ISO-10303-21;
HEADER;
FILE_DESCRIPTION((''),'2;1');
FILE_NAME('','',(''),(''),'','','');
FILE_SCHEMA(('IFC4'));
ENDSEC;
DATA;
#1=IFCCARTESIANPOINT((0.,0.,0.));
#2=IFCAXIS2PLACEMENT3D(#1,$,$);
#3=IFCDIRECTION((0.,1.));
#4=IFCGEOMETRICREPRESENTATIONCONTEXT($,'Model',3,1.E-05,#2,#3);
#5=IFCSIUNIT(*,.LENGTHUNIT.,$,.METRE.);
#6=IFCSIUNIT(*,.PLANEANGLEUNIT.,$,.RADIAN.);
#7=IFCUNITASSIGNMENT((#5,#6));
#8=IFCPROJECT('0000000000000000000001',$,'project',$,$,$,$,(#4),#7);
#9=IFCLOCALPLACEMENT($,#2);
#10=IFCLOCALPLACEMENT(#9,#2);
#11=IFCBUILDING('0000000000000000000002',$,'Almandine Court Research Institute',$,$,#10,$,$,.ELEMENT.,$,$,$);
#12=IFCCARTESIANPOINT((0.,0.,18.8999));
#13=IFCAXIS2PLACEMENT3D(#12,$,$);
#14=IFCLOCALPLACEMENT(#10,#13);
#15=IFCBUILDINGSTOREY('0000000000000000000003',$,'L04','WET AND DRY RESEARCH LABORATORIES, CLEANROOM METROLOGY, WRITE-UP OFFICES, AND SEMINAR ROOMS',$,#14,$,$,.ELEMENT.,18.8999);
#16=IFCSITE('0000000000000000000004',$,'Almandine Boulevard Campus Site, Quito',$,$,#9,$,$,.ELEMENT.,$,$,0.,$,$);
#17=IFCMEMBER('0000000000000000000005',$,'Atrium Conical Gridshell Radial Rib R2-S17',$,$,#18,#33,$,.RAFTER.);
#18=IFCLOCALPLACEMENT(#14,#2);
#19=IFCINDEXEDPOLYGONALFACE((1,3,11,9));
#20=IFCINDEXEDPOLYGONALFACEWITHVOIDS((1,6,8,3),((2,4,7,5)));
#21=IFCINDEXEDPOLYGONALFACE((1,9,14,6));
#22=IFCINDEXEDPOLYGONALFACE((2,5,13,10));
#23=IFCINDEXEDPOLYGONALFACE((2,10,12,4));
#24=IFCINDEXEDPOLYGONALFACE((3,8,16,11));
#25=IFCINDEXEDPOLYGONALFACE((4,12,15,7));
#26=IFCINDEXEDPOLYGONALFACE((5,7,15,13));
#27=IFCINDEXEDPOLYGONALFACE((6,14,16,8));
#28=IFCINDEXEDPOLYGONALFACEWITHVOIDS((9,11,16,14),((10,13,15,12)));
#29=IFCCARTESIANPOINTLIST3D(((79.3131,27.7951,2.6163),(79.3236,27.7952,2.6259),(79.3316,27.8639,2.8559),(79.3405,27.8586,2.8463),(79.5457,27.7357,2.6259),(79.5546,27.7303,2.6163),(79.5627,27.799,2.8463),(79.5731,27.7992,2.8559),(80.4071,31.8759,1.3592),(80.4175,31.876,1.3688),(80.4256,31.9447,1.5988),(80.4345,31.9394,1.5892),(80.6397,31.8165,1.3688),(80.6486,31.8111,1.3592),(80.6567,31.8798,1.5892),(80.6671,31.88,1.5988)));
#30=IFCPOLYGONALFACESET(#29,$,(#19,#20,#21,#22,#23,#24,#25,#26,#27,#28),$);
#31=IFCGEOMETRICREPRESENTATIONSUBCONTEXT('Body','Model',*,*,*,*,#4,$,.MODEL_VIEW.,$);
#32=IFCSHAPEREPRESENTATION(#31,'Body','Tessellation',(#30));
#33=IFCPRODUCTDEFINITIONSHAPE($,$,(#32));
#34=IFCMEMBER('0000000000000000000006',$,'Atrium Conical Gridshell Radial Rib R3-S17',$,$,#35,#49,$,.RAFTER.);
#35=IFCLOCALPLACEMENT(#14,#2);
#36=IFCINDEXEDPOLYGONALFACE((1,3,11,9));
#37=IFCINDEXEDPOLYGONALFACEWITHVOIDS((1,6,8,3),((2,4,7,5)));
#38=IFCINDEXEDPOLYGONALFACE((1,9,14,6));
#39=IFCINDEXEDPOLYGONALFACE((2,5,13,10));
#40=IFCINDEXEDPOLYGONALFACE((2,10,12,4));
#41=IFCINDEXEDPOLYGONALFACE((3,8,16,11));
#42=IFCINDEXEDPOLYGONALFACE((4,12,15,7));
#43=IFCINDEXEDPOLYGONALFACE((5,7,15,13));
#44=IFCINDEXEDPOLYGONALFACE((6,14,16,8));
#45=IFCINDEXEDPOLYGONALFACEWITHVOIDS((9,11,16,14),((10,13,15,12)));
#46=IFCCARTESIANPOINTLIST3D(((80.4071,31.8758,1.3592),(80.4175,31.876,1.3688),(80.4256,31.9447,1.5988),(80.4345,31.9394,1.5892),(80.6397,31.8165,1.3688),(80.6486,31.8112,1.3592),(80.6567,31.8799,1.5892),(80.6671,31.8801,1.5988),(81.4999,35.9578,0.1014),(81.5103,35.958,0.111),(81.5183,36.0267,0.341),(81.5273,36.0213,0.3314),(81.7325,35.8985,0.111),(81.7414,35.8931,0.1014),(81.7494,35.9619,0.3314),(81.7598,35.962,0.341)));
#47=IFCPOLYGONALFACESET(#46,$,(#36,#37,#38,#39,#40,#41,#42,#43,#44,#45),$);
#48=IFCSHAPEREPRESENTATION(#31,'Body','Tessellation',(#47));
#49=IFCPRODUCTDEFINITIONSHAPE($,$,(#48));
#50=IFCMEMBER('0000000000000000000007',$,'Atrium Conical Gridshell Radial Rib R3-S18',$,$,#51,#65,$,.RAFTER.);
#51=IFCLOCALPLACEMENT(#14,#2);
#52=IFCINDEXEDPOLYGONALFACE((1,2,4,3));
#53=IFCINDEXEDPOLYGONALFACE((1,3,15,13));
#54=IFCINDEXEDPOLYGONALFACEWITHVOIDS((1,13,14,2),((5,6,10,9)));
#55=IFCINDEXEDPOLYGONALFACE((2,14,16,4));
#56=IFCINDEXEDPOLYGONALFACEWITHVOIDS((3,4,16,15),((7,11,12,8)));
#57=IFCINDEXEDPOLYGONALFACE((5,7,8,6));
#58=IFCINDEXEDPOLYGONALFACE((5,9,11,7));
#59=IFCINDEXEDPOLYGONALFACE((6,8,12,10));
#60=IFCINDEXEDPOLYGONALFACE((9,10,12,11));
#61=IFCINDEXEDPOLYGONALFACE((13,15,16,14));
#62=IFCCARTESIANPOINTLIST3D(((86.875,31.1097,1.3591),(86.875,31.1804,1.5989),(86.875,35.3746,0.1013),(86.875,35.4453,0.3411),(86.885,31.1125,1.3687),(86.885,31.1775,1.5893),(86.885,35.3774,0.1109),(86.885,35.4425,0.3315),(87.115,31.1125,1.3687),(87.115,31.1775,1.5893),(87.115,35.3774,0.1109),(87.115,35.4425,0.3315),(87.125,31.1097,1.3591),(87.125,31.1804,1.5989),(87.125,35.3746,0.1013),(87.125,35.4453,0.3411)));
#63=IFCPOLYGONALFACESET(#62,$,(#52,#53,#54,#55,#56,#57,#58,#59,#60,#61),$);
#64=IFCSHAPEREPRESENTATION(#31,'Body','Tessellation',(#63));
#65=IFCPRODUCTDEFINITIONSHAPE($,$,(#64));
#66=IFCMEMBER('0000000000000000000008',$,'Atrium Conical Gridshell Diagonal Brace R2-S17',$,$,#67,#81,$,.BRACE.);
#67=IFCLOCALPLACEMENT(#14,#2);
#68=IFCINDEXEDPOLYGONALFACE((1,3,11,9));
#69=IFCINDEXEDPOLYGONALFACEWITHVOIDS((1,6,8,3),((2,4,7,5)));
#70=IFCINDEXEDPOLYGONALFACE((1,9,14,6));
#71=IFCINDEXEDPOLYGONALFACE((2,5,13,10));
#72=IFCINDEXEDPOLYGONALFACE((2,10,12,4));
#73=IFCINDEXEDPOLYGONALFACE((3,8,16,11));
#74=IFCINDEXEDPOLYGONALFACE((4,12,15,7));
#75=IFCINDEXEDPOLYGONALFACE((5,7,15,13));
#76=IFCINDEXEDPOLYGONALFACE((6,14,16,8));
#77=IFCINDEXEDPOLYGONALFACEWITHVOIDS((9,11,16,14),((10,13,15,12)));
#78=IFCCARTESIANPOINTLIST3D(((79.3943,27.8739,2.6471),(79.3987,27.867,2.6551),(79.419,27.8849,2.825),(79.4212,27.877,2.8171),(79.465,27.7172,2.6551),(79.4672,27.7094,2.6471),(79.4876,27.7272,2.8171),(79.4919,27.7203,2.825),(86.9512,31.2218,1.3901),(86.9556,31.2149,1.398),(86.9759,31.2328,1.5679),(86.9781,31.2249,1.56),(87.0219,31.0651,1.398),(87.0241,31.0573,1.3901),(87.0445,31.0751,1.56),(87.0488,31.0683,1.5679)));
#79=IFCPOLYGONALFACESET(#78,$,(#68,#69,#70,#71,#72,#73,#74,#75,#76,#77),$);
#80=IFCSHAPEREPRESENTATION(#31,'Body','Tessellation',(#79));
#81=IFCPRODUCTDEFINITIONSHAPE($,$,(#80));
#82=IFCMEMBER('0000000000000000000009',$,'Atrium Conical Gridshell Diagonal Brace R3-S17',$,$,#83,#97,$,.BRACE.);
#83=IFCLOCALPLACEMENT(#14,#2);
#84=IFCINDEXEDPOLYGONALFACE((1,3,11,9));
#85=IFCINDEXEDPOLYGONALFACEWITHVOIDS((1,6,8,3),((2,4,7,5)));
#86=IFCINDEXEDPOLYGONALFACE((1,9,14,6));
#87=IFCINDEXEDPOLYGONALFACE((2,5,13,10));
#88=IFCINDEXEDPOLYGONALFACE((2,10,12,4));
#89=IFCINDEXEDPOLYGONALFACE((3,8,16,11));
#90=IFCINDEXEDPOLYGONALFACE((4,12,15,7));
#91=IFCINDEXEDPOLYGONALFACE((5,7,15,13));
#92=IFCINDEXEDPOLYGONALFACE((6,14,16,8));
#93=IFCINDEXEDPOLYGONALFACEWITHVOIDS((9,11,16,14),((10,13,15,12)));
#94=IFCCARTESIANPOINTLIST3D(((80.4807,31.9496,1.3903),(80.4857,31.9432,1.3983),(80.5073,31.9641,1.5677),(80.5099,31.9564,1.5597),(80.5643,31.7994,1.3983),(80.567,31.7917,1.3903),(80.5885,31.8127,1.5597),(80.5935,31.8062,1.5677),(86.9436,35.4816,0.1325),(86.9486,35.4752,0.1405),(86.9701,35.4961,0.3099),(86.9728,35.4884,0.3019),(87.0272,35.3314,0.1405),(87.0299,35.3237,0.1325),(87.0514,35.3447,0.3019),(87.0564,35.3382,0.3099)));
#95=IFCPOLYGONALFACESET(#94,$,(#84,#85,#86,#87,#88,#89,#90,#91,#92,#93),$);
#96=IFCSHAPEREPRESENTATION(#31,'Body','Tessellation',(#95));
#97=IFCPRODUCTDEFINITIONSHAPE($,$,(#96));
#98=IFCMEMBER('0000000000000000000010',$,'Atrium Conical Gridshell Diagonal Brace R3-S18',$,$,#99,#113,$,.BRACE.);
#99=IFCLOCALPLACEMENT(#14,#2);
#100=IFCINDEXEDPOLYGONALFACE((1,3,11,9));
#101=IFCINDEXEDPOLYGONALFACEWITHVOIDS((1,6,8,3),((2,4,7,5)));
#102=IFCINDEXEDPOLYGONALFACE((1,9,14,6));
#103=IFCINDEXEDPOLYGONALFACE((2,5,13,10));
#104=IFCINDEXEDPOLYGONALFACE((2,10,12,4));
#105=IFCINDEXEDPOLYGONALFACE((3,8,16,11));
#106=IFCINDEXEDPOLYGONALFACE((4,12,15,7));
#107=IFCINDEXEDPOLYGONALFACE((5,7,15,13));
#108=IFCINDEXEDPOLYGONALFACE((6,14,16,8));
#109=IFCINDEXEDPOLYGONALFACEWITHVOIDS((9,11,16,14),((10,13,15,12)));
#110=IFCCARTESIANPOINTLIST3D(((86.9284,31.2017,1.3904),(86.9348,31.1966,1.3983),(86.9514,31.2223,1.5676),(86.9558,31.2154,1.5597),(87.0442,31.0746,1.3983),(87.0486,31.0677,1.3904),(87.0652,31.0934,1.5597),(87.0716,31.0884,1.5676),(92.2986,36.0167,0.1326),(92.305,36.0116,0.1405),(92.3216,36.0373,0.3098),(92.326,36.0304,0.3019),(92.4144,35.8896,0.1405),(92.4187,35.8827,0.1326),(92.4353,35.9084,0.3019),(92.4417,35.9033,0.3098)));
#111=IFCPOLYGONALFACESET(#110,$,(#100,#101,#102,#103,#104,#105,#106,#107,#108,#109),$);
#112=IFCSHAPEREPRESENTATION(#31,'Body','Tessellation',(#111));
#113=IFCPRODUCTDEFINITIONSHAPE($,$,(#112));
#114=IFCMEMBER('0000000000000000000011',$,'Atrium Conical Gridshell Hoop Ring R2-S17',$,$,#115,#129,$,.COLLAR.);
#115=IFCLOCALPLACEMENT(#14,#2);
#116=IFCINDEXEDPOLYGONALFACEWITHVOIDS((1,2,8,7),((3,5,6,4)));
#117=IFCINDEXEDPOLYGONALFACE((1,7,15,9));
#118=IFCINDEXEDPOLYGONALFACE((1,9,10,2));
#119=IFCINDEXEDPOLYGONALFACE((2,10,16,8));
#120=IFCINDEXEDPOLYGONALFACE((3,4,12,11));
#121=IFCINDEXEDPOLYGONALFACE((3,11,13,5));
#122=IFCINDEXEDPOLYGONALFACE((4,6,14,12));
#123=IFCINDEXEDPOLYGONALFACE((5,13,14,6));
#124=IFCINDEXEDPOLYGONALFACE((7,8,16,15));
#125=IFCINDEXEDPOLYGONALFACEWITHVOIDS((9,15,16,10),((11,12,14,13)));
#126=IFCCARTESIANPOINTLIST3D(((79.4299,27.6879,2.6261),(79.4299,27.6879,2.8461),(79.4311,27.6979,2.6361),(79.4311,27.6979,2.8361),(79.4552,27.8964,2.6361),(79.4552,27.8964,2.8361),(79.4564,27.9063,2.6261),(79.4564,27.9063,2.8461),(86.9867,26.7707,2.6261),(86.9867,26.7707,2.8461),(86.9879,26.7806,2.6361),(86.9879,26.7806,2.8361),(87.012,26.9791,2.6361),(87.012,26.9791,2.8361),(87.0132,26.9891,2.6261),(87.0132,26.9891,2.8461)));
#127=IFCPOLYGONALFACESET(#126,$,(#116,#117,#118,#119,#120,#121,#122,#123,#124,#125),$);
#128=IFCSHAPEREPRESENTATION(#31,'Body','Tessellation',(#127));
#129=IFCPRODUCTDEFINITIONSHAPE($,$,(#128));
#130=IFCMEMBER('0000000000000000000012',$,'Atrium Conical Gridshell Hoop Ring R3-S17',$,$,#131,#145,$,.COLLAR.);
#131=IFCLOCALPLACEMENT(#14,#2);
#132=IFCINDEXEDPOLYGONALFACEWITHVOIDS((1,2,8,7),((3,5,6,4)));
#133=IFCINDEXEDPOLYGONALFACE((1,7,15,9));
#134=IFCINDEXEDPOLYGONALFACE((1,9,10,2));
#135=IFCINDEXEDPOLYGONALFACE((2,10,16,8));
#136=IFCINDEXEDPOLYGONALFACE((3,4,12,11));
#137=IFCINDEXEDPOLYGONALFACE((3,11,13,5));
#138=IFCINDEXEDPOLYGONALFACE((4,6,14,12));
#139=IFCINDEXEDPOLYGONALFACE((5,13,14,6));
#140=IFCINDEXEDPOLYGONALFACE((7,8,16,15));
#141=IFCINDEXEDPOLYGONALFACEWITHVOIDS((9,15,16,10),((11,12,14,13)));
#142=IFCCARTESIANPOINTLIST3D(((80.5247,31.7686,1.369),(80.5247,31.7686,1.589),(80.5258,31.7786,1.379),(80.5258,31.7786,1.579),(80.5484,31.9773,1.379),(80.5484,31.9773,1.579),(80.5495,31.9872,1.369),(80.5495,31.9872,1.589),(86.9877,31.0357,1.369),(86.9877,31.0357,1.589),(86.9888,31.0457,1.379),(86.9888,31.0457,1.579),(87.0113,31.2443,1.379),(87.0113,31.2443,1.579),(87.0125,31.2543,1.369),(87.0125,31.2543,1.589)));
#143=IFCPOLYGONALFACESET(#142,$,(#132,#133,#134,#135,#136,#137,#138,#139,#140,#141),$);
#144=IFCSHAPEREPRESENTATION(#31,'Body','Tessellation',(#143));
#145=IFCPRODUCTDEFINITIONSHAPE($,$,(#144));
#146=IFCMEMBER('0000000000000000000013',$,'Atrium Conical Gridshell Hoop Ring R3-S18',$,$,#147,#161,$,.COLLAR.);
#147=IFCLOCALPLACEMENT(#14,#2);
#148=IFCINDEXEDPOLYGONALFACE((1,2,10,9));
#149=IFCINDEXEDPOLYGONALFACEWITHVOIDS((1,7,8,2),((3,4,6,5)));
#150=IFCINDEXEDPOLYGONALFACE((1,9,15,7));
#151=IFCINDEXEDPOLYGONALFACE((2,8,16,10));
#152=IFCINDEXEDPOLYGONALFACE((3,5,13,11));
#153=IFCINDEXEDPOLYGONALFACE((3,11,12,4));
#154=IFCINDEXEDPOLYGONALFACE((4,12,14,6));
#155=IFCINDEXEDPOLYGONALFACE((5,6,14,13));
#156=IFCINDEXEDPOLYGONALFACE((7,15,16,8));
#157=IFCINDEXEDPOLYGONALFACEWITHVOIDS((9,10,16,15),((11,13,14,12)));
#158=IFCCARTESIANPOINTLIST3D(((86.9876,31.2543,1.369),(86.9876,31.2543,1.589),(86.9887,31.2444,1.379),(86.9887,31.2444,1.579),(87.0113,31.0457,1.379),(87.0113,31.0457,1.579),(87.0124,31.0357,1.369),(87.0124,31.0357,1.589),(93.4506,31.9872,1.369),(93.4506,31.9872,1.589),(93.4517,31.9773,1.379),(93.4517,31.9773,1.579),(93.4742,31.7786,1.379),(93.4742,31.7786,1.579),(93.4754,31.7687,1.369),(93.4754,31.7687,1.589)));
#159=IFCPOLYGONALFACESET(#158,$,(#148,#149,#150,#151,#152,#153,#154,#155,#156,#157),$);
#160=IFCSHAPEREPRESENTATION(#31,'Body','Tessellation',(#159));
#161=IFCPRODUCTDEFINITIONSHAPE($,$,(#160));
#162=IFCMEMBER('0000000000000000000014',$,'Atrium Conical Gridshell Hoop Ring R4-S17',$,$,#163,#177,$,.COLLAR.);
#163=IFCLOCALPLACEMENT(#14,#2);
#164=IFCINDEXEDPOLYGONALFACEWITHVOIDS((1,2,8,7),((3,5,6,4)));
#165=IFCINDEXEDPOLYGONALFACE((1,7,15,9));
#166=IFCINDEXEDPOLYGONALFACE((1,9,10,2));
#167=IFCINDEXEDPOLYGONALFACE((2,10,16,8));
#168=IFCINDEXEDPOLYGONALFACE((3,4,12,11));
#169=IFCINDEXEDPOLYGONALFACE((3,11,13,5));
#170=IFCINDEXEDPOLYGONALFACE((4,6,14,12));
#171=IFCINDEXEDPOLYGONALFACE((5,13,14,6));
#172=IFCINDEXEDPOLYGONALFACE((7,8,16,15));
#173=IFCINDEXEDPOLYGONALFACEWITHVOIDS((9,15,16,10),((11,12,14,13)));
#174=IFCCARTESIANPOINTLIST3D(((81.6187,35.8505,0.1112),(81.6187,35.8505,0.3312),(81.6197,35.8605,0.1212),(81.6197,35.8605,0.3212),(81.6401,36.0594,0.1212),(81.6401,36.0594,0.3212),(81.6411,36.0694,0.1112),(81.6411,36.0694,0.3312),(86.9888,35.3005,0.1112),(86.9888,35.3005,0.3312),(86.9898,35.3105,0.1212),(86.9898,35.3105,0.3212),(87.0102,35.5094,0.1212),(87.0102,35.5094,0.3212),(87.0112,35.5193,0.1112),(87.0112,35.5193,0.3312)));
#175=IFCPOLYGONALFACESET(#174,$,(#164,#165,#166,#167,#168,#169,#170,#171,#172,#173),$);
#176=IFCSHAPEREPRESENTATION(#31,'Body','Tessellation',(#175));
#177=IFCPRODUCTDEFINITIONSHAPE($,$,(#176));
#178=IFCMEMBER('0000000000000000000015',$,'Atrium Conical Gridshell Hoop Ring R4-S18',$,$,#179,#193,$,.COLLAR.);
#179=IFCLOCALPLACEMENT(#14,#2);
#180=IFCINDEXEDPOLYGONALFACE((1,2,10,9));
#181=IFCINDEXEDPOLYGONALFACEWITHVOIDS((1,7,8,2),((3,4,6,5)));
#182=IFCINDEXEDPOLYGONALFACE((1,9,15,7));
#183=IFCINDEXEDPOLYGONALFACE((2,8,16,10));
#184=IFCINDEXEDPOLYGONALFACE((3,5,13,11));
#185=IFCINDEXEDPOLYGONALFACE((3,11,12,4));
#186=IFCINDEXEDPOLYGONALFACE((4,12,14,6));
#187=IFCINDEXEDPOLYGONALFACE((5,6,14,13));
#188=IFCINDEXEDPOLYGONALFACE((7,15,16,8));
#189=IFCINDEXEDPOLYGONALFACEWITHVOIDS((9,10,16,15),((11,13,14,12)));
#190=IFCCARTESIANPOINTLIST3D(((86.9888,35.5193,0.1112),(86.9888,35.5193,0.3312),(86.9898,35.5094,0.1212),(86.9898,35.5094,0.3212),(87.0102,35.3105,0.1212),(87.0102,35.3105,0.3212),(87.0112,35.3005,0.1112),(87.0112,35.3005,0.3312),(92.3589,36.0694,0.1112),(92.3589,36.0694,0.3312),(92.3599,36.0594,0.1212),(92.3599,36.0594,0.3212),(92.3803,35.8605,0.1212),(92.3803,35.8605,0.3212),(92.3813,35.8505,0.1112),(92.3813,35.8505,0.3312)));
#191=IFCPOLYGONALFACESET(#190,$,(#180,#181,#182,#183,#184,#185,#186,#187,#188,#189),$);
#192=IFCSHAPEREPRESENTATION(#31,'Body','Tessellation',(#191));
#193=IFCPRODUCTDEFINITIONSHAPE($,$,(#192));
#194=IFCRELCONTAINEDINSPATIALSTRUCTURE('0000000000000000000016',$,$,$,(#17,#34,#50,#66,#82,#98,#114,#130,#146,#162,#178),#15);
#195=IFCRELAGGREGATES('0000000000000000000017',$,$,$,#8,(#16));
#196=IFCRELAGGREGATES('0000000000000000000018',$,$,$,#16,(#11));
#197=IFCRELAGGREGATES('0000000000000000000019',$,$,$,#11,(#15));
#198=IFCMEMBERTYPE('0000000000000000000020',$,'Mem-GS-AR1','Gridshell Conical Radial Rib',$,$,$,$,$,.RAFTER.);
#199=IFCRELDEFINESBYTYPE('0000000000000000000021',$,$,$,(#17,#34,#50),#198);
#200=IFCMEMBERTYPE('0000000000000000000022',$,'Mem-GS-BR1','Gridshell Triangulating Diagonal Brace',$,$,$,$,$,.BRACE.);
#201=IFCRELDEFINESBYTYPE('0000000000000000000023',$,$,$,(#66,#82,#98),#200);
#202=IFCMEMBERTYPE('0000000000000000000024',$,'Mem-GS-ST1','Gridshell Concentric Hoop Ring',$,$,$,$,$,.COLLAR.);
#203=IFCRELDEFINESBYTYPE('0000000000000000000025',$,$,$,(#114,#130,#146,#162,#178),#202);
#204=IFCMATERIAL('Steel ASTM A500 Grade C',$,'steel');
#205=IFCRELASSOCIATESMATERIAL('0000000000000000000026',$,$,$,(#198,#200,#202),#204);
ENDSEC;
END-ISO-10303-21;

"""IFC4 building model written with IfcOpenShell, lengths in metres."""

from ifc_helpers import new_model, si_unit, direction, frame, origin, origin_2d, place, context, subcontext, project, spatial, hollow_rectangle, extrude, material, material_profile, profile_set, type_object, element, save


model = new_model("IFC4")

# Units and contexts
model_context = context("Model", 3, precision=1e-05, world=origin(), true_north=direction((0.0, 1.0)))
body_context = subcontext(model_context, "Body", "Model", "MODEL_VIEW")
ifc_project = project(units=[si_unit("LENGTHUNIT", "METRE"), si_unit("PLANEANGLEUNIT", "RADIAN")], contexts=[model_context])

# Site, building, storey
site_placement = place(None, origin())
site = spatial("IfcSite", under=ifc_project, at=site_placement, Name="Almandine Boulevard Campus Site, Quito", CompositionType="ELEMENT", RefElevation=0.0)
building_placement = place(site_placement, origin())
building = spatial("IfcBuilding", under=site, at=building_placement, Name="Almandine Court Research Institute", CompositionType="ELEMENT")
storey_placement = place(building_placement, frame((0.0, 0.0, 18.8999)))
storey = spatial("IfcBuildingStorey", under=building, at=storey_placement, Name="L04", Description="WET AND DRY RESEARCH LABORATORIES, CLEANROOM METROLOGY, WRITE-UP OFFICES, AND SEMINAR ROOMS", CompositionType="ELEMENT", Elevation=18.8999)

# Members
ifc_material_1 = material(Name="Steel ASTM A500 Grade C", Category="steel")
ifc_material_profile_1 = material_profile(ifc_material_1, hollow_rectangle(XDim=0.25, YDim=0.25, WallThickness=0.01, at=origin_2d()), Name="HSS 250x250x10")
ifc_profile_set_1 = profile_set([ifc_material_profile_1], Name="Steel ASTM A500 Grade C")
member_type_1 = type_object("IfcMemberType", Name="Mem-GS-AR1", Description="Gridshell Conical Radial Rib", PredefinedType="RAFTER", material=ifc_profile_set_1)
member_1_placement = place(storey_placement, frame((79.4431, 27.7971, 2.7361), z_axis=(0.248186, 0.925783, -0.285184), x_axis=(-0.965894, 0.258939, 0.0)))
element("IfcMember", 1, at=member_1_placement, inside=storey, type_object=member_type_1, Name="Atrium Conical Gridshell Radial Rib R2-S17", PredefinedType="RAFTER", context=body_context, shape_type="SweptSolid", body=[
    extrude(hollow_rectangle(XDim=0.25, YDim=0.25, WallThickness=0.01, at=origin_2d()), origin(), (0.0, 0.0, 1.0), 4.408),
])
member_2_placement = place(storey_placement, frame((80.5371, 31.8779, 1.479), z_axis=(0.247851, 0.925842, -0.285283), x_axis=(-0.965985, 0.258597, 0.0)))
element("IfcMember", 2, at=member_2_placement, inside=storey, type_object=member_type_1, Name="Atrium Conical Gridshell Radial Rib R3-S17", PredefinedType="RAFTER", context=body_context, shape_type="SweptSolid", body=[
    extrude(hollow_rectangle(XDim=0.25, YDim=0.25, WallThickness=0.01, at=origin_2d()), origin(), (0.0, 0.0, 1.0), 4.4089),
])
member_3_placement = place(storey_placement, frame((87.0, 31.145, 1.479), z_axis=(0.0, 0.959156, -0.282877), x_axis=(-1.0, 0.0, 0.0)))
element("IfcMember", 3, at=member_3_placement, inside=storey, type_object=member_type_1, Name="Atrium Conical Gridshell Radial Rib R3-S18", PredefinedType="RAFTER", context=body_context, shape_type="SweptSolid", body=[
    extrude(hollow_rectangle(XDim=0.25, YDim=0.25, WallThickness=0.01, at=origin_2d()), origin(), (0.0, 0.0, 1.0), 4.4465),
])
ifc_material_profile_2 = material_profile(ifc_material_1, hollow_rectangle(XDim=0.1799, YDim=0.1799, WallThickness=0.0081, at=origin_2d()), Name="HSS 180x180x8")
ifc_profile_set_2 = profile_set([ifc_material_profile_2], Name="Steel ASTM A500 Grade C")
member_type_2 = type_object("IfcMemberType", Name="Mem-GS-BR1", Description="Gridshell Triangulating Diagonal Brace", PredefinedType="BRACE", material=ifc_profile_set_2)
member_4_placement = place(storey_placement, frame((79.4431, 27.7971, 2.7361), z_axis=(0.903897, 0.400451, -0.150362), x_axis=(-0.405056, 0.914292, 0.0)))
element("IfcMember", 4, at=member_4_placement, inside=storey, type_object=member_type_2, Name="Atrium Conical Gridshell Diagonal Brace R2-S17", PredefinedType="BRACE", context=body_context, shape_type="SweptSolid", body=[
    extrude(hollow_rectangle(XDim=0.1799, YDim=0.1799, WallThickness=0.0081, at=origin_2d()), origin(), (0.0, 0.0, 1.0), 8.3604),
])
member_5_placement = place(storey_placement, frame((80.5371, 31.8779, 1.479), z_axis=(0.864985, 0.472716, -0.168344), x_axis=(-0.47956, 0.877509, 0.0)))
element("IfcMember", 5, at=member_5_placement, inside=storey, type_object=member_type_2, Name="Atrium Conical Gridshell Diagonal Brace R3-S17", PredefinedType="BRACE", context=body_context, shape_type="SweptSolid", body=[
    extrude(hollow_rectangle(XDim=0.1799, YDim=0.1799, WallThickness=0.0081, at=origin_2d()), origin(), (0.0, 0.0, 1.0), 7.4717),
])
member_6_placement = place(storey_placement, frame((87.0, 31.145, 1.479), z_axis=(0.733475, 0.657647, -0.171798), x_axis=(-0.667572, 0.744545, 0.0)))
element("IfcMember", 6, at=member_6_placement, inside=storey, type_object=member_type_2, Name="Atrium Conical Gridshell Diagonal Brace R3-S18", PredefinedType="BRACE", context=body_context, shape_type="SweptSolid", body=[
    extrude(hollow_rectangle(XDim=0.1799, YDim=0.1799, WallThickness=0.0081, at=origin_2d()), origin(), (0.0, 0.0, 1.0), 7.3215),
])
ifc_material_profile_3 = material_profile(ifc_material_1, hollow_rectangle(XDim=0.22, YDim=0.22, WallThickness=0.01, at=origin_2d()), Name="HSS 220x220x10")
ifc_profile_set_3 = profile_set([ifc_material_profile_3], Name="Steel ASTM A500 Grade C")
member_type_3 = type_object("IfcMemberType", Name="Mem-GS-ST1", Description="Gridshell Concentric Hoop Ring", PredefinedType="COLLAR", material=ifc_profile_set_3)
member_7_placement = place(storey_placement, frame((79.4431, 27.7971, 2.7361), z_axis=(0.992714, -0.120493, 0.0), x_axis=(0.120493, 0.992714, 0.0)))
element("IfcMember", 7, at=member_7_placement, inside=storey, type_object=member_type_3, Name="Atrium Conical Gridshell Hoop Ring R2-S17", PredefinedType="COLLAR", context=body_context, shape_type="SweptSolid", body=[
    extrude(hollow_rectangle(XDim=0.22, YDim=0.22, WallThickness=0.01, at=origin_2d()), origin(), (0.0, 0.0, 1.0), 7.6123),
])
for number, where, z_axis, x_axis, name in (
    (8, (80.5371, 31.8779, 1.479), (0.993631, -0.112681, 0.0), (0.112681, 0.993631, 0.0), "Atrium Conical Gridshell Hoop Ring R3-S17"),
    (9, (87.0, 31.145, 1.479), (0.993631, 0.112681, 0.0), (-0.112681, 0.993631, 0.0), "Atrium Conical Gridshell Hoop Ring R3-S18"),
):
    element("IfcMember", number, at=place(storey_placement, frame(where, z_axis=z_axis, x_axis=x_axis)), inside=storey, type_object=member_type_3, Name=name, PredefinedType="COLLAR", context=body_context, shape_type="SweptSolid", body=[
        extrude(hollow_rectangle(XDim=0.22, YDim=0.22, WallThickness=0.01, at=origin_2d()), origin(), (0.0, 0.0, 1.0), 6.5044),
    ])
for number, where, z_axis, x_axis, name in (
    (10, (81.6299, 35.96, 0.2212), (0.994795, -0.101895, 0.0), (0.101895, 0.994795, 0.0), "Atrium Conical Gridshell Hoop Ring R4-S17"),
    (11, (87.0, 35.4099, 0.2212), (0.994795, 0.101895, 0.0), (-0.101895, 0.994795, 0.0), "Atrium Conical Gridshell Hoop Ring R4-S18"),
):
    element("IfcMember", number, at=place(storey_placement, frame(where, z_axis=z_axis, x_axis=x_axis)), inside=storey, type_object=member_type_3, Name=name, PredefinedType="COLLAR", context=body_context, shape_type="SweptSolid", body=[
        extrude(hollow_rectangle(XDim=0.22, YDim=0.22, WallThickness=0.01, at=origin_2d()), origin(), (0.0, 0.0, 1.0), 5.3982),
    ])

save(model, "model.ifc")
